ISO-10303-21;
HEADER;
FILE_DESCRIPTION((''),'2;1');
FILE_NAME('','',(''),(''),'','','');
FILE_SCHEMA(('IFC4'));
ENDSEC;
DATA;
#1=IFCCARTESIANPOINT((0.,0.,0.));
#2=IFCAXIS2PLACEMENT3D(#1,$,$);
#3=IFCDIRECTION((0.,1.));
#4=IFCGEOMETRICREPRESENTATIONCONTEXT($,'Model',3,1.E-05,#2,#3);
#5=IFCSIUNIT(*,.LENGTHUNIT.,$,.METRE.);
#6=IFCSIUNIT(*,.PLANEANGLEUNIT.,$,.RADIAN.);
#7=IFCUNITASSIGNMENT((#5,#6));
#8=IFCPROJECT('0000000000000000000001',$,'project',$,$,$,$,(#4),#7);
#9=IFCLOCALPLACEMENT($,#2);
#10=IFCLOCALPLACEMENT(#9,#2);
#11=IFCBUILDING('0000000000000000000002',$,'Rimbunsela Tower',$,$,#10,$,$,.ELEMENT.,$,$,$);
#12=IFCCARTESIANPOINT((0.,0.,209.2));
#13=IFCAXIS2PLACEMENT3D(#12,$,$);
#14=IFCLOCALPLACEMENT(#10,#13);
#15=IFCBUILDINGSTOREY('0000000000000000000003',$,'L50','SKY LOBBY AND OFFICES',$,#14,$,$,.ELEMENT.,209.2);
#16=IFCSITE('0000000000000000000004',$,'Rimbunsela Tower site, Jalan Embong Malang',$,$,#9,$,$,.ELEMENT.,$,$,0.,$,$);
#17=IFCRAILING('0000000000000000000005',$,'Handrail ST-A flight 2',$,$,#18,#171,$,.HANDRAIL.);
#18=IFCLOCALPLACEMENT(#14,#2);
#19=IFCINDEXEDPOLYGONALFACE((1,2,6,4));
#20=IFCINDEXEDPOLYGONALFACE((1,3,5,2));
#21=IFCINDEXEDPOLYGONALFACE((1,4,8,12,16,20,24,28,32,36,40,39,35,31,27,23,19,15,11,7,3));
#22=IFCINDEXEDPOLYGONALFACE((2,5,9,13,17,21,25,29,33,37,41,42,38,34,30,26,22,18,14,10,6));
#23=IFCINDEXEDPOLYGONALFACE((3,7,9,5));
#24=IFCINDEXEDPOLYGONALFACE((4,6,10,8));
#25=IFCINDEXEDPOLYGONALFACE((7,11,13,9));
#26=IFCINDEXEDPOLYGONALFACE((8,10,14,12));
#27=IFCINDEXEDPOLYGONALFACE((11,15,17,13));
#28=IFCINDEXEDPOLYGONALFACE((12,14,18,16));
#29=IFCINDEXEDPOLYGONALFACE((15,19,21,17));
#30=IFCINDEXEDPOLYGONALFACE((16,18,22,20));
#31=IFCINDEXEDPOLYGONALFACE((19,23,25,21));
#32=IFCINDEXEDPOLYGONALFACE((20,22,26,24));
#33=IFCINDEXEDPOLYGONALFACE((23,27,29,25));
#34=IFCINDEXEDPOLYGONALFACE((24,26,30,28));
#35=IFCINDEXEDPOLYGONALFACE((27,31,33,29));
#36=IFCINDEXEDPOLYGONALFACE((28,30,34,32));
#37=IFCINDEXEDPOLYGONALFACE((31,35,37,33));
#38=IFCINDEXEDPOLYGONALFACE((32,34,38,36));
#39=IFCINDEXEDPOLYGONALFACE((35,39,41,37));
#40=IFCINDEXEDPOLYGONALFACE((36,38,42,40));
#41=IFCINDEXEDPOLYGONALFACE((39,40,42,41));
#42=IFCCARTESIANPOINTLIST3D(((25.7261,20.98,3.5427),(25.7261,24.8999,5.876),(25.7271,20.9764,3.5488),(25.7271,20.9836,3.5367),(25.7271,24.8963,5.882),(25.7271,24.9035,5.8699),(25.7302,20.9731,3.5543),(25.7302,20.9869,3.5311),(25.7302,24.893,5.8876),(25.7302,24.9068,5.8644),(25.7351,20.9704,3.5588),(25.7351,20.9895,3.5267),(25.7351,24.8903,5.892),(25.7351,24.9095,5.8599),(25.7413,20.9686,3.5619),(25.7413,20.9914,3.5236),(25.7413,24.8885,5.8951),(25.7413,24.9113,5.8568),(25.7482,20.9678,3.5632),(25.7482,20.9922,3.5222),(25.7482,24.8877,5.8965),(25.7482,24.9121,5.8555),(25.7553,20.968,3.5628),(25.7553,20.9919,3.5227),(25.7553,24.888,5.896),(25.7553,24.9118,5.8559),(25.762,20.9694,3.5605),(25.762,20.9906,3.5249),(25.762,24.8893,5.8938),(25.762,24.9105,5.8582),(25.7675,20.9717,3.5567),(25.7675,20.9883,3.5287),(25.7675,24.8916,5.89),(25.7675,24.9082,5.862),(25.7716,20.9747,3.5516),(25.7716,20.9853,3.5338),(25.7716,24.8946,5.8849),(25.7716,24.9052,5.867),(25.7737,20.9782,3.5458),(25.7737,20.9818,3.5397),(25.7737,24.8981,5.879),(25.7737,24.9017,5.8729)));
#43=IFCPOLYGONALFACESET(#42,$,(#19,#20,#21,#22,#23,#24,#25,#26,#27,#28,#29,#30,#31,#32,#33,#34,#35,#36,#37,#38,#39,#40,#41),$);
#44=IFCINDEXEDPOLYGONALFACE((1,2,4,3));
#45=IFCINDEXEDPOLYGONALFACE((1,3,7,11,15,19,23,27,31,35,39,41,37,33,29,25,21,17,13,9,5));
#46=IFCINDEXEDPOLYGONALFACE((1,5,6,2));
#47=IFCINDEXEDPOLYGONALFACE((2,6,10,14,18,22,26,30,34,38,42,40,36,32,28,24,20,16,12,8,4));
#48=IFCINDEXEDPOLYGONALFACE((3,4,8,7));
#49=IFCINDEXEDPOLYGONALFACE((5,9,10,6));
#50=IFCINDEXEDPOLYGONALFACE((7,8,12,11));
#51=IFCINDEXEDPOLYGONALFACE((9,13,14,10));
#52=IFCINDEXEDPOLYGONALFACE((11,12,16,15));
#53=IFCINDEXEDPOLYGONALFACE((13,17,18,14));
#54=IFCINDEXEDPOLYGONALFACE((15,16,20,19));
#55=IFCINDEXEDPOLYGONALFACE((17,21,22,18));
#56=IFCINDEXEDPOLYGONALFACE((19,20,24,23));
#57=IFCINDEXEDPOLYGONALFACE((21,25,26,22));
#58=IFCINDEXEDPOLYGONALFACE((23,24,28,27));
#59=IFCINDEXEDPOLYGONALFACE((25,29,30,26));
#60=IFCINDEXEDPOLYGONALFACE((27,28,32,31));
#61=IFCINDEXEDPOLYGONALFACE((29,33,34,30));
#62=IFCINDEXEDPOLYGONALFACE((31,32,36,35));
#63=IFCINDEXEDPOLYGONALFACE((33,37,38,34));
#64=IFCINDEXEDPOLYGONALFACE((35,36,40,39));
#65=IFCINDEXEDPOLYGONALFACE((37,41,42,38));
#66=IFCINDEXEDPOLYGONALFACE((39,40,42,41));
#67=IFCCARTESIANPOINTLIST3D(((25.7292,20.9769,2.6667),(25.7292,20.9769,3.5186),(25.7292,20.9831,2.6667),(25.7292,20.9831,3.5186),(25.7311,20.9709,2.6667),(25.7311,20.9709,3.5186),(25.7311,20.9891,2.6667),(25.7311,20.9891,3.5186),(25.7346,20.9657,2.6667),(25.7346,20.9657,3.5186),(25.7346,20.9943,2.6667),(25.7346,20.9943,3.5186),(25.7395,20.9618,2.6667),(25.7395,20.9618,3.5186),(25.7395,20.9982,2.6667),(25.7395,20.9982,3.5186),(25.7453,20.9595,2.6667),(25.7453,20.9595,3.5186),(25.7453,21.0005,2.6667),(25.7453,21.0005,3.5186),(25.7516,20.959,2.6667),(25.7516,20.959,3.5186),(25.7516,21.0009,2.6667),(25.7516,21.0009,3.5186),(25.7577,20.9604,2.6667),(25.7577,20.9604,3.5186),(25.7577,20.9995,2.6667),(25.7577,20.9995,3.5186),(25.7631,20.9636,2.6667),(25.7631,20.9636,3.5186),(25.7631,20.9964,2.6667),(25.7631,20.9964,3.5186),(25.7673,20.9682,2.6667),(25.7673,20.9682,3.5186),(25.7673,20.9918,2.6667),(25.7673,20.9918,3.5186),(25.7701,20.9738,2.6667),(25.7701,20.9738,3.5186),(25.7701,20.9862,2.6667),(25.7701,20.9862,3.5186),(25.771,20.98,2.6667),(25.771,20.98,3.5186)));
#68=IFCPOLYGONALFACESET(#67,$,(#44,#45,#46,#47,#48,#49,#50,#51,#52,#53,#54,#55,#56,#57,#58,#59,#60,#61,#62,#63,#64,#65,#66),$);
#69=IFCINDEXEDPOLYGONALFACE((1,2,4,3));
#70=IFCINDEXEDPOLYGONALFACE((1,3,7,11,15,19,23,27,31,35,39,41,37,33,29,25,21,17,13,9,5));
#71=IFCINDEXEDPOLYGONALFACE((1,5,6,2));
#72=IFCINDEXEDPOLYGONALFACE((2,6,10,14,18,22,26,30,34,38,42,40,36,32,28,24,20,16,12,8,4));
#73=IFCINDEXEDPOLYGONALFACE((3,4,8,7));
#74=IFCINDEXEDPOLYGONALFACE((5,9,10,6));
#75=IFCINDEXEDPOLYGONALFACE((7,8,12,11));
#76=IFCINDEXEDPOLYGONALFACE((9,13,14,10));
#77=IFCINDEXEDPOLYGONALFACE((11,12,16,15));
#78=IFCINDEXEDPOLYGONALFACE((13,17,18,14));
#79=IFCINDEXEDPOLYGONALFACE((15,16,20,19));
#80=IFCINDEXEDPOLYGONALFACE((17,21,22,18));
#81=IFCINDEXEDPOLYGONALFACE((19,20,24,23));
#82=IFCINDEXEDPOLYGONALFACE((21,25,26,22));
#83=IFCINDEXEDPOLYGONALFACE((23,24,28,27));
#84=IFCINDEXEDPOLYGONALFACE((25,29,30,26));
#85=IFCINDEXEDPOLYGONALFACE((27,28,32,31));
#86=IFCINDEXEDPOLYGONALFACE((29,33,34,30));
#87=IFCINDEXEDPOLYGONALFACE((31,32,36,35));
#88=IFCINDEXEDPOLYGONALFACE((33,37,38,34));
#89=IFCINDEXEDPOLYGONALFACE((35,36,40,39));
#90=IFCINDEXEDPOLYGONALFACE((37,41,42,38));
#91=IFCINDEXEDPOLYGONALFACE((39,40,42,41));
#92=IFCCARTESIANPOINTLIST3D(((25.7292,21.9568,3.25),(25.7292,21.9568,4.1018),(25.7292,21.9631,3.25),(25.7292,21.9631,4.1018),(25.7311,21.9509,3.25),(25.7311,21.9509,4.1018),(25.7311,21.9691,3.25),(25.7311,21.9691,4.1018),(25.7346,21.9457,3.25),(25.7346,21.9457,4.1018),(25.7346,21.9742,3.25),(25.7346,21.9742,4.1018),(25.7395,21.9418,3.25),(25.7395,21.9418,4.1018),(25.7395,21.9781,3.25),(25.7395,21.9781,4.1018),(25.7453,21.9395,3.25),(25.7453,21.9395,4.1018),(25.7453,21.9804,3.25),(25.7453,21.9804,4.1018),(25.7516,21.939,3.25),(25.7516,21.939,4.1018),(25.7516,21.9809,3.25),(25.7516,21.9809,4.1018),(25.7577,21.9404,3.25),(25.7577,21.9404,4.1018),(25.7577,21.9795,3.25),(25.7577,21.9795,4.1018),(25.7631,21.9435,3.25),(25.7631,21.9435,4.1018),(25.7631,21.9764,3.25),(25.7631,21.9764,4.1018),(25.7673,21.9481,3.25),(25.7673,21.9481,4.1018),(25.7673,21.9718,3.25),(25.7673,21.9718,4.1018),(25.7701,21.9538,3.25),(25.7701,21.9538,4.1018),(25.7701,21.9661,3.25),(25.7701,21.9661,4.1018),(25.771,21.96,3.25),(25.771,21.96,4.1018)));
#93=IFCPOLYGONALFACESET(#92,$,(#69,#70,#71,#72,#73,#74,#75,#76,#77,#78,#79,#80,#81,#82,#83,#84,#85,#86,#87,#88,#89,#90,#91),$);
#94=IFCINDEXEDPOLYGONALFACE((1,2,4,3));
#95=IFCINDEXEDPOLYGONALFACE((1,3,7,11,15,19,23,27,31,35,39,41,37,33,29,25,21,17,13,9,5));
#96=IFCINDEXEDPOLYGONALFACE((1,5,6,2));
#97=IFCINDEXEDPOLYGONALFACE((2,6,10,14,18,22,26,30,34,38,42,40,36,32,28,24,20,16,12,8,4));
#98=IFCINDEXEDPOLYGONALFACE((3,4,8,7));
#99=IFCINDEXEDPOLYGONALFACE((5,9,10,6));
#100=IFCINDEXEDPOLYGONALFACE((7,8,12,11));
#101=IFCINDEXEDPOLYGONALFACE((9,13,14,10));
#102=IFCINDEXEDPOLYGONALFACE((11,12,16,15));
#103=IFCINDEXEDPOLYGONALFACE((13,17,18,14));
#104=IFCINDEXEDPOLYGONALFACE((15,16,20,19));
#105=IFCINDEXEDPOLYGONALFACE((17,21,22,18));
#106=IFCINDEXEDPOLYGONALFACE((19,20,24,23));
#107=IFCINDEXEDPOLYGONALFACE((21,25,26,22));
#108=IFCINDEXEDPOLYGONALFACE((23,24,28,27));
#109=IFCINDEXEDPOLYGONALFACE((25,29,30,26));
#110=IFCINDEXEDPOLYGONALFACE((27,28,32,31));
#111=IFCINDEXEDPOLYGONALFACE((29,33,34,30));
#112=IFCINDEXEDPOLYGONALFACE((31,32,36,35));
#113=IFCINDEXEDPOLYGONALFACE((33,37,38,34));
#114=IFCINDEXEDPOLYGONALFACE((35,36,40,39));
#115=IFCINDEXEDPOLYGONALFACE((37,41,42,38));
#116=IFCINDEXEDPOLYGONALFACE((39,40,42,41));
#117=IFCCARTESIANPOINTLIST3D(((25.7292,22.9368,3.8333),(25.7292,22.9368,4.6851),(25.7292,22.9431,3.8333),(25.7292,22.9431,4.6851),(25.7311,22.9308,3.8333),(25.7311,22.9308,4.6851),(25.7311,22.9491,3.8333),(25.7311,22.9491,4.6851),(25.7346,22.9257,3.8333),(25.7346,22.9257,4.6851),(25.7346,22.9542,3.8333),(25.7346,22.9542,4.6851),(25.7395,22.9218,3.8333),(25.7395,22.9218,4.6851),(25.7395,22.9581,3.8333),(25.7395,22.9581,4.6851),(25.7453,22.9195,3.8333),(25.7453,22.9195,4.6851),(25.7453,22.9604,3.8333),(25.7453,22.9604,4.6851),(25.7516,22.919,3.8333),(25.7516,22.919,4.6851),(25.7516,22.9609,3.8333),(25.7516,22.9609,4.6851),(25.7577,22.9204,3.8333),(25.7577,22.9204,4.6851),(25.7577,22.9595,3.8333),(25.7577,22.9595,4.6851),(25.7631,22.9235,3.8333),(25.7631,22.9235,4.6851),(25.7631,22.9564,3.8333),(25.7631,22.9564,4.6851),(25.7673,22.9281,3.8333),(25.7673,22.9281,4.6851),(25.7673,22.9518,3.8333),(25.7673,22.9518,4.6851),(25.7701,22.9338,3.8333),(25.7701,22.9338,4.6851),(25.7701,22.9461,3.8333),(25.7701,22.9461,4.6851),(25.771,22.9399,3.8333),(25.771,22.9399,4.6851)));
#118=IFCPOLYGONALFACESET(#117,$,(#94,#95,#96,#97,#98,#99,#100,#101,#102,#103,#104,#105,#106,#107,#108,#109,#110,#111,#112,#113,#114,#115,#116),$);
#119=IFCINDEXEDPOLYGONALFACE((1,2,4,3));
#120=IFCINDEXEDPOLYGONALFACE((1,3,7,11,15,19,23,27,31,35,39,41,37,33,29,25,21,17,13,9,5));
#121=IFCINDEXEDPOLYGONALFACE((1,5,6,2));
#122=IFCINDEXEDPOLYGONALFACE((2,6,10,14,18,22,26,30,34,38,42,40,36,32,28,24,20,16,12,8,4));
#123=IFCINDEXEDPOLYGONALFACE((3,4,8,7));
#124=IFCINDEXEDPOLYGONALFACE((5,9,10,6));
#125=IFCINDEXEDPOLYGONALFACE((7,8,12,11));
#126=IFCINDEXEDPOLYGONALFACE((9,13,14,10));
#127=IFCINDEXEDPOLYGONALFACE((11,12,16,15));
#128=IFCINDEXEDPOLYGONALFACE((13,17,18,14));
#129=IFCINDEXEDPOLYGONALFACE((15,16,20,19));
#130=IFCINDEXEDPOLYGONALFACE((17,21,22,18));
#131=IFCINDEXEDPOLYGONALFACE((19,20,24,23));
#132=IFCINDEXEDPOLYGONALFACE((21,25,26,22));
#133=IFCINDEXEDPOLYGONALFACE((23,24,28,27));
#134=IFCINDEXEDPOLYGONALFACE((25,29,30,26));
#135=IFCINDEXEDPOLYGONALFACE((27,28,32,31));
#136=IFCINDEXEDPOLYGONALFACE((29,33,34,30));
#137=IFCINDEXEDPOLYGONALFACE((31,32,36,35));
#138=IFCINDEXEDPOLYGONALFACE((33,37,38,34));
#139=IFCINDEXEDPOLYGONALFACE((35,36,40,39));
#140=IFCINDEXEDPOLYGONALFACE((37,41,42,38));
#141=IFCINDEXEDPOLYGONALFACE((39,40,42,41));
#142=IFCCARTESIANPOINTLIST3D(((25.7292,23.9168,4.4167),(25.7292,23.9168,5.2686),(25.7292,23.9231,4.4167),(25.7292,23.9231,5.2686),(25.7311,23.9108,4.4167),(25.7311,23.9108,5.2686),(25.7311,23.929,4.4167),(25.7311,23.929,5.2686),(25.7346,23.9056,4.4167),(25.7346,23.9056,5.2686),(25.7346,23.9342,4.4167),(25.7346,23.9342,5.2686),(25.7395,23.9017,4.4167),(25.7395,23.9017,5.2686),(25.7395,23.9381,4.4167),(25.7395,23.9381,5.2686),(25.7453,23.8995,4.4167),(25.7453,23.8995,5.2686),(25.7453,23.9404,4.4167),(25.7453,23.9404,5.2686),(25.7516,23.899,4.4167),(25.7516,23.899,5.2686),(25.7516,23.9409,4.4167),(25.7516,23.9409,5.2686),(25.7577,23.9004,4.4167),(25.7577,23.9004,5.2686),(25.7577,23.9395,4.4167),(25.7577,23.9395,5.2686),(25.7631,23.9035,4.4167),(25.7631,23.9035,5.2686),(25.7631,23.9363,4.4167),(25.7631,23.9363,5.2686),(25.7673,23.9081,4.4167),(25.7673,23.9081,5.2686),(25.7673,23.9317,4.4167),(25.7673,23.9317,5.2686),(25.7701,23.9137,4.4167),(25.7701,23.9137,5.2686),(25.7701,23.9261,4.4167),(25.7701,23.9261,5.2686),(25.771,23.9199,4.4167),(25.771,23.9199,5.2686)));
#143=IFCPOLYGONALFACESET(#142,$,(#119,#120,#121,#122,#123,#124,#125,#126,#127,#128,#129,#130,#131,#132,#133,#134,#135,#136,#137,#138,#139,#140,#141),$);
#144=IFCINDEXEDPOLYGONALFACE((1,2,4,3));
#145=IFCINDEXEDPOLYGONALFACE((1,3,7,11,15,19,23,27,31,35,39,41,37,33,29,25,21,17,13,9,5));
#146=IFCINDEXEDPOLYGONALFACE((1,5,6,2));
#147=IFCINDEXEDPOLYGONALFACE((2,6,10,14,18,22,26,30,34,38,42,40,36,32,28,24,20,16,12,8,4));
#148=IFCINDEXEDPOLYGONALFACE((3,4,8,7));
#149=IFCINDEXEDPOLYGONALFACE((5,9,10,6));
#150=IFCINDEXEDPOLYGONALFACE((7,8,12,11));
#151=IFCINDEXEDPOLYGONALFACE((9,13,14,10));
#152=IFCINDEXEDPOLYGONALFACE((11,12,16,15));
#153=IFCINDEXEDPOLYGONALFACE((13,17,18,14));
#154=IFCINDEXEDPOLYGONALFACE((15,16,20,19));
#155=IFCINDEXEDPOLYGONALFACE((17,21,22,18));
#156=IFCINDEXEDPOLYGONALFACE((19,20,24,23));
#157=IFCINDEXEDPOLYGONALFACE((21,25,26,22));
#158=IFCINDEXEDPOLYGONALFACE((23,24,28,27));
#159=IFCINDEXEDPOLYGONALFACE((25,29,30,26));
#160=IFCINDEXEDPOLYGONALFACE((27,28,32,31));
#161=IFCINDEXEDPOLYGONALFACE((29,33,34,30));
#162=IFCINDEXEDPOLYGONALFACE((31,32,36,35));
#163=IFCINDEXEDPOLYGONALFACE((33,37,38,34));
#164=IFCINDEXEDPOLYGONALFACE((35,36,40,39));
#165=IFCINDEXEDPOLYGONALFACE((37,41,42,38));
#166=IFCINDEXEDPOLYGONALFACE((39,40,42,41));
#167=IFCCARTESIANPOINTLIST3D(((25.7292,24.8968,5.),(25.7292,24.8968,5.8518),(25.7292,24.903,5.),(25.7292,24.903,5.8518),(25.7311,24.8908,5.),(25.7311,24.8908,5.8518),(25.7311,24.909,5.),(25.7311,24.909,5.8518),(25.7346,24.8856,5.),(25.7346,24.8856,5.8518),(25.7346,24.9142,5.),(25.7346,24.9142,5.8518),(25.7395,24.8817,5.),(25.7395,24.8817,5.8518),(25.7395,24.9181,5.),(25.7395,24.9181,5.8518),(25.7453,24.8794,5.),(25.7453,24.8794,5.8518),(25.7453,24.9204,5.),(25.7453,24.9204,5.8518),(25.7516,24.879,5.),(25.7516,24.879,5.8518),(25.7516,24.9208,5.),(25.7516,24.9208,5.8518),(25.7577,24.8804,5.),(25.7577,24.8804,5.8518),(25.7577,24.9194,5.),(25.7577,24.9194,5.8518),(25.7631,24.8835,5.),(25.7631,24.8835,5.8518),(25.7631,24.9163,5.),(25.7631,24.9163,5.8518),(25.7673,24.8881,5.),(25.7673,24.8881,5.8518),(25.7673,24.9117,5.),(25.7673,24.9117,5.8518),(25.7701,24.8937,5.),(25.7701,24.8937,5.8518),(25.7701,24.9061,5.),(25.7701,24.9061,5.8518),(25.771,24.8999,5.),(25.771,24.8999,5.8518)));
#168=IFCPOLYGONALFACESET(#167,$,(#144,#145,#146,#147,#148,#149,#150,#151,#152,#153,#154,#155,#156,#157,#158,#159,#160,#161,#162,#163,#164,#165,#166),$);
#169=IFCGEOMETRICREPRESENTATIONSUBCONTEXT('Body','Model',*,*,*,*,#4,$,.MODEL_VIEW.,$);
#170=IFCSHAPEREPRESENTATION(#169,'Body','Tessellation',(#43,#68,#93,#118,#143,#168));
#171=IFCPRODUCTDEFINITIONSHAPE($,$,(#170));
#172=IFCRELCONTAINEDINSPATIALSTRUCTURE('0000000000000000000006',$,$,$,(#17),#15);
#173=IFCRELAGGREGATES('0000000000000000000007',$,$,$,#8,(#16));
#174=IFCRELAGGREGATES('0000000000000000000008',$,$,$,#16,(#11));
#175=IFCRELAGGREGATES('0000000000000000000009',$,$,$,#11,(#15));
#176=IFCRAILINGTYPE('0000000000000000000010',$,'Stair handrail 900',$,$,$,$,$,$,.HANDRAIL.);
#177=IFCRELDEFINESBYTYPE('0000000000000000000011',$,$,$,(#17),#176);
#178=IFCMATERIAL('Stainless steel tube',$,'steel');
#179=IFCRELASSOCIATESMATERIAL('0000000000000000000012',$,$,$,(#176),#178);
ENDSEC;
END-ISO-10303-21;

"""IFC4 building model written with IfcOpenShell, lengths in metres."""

from ifc_helpers import new_model, si_unit, direction, frame, origin, origin_2d, place, context, subcontext, project, spatial, circle, extrude, material, type_object, element, save


model = new_model("IFC4")

# Units and contexts
model_context = context("Model", 3, precision=1e-05, world=origin(), true_north=direction((0.0, 1.0)))
body_context = subcontext(model_context, "Body", "Model", "MODEL_VIEW")
ifc_project = project(units=[si_unit("LENGTHUNIT", "METRE"), si_unit("PLANEANGLEUNIT", "RADIAN")], contexts=[model_context])

# Site, building, storey
site_placement = place(None, origin())
site = spatial("IfcSite", under=ifc_project, at=site_placement, Name="Rimbunsela Tower site, Jalan Embong Malang", CompositionType="ELEMENT", RefElevation=0.0)
building_placement = place(site_placement, origin())
building = spatial("IfcBuilding", under=site, at=building_placement, Name="Rimbunsela Tower", CompositionType="ELEMENT")
storey_placement = place(building_placement, frame((0.0, 0.0, 209.2)))
storey = spatial("IfcBuildingStorey", under=building, at=storey_placement, Name="L50", Description="SKY LOBBY AND OFFICES", CompositionType="ELEMENT", Elevation=209.2)

# Railing
ifc_material_1 = material(Name="Stainless steel tube", Category="steel")
railing_type = type_object("IfcRailingType", Name="Stair handrail 900", PredefinedType="HANDRAIL", material=ifc_material_1)
railing_1_placement = place(storey_placement, frame((25.75, 20.98, 2.6667)))
element("IfcRailing", 1, at=railing_1_placement, inside=storey, type_object=railing_type, Name="Handrail ST-A flight 2", PredefinedType="HANDRAIL", context=body_context, shape_type="SweptSolid", body=[
    extrude(circle(Radius=0.0239, at=origin_2d()), frame((0.0, 0.0, 0.876), z_axis=(0.0, 0.859296, 0.511478), x_axis=(-1.0, 0.0, 0.0)), (0.0, 0.0, 1.0), 4.5618),
    extrude(circle(Radius=0.021, at=origin_2d()), origin(), (0.0, 0.0, 1.0), 0.8518),
    extrude(circle(Radius=0.021, at=origin_2d()), frame((0.0, 0.98, 0.5833)), (0.0, 0.0, 1.0), 0.8518),
    extrude(circle(Radius=0.021, at=origin_2d()), frame((0.0, 1.96, 1.1665)), (0.0, 0.0, 1.0), 0.8518),
    extrude(circle(Radius=0.021, at=origin_2d()), frame((0.0, 2.9399, 1.75)), (0.0, 0.0, 1.0), 0.8518),
    extrude(circle(Radius=0.021, at=origin_2d()), frame((0.0, 3.9199, 2.3333)), (0.0, 0.0, 1.0), 0.8518),
])

save(model, "model.ifc")
